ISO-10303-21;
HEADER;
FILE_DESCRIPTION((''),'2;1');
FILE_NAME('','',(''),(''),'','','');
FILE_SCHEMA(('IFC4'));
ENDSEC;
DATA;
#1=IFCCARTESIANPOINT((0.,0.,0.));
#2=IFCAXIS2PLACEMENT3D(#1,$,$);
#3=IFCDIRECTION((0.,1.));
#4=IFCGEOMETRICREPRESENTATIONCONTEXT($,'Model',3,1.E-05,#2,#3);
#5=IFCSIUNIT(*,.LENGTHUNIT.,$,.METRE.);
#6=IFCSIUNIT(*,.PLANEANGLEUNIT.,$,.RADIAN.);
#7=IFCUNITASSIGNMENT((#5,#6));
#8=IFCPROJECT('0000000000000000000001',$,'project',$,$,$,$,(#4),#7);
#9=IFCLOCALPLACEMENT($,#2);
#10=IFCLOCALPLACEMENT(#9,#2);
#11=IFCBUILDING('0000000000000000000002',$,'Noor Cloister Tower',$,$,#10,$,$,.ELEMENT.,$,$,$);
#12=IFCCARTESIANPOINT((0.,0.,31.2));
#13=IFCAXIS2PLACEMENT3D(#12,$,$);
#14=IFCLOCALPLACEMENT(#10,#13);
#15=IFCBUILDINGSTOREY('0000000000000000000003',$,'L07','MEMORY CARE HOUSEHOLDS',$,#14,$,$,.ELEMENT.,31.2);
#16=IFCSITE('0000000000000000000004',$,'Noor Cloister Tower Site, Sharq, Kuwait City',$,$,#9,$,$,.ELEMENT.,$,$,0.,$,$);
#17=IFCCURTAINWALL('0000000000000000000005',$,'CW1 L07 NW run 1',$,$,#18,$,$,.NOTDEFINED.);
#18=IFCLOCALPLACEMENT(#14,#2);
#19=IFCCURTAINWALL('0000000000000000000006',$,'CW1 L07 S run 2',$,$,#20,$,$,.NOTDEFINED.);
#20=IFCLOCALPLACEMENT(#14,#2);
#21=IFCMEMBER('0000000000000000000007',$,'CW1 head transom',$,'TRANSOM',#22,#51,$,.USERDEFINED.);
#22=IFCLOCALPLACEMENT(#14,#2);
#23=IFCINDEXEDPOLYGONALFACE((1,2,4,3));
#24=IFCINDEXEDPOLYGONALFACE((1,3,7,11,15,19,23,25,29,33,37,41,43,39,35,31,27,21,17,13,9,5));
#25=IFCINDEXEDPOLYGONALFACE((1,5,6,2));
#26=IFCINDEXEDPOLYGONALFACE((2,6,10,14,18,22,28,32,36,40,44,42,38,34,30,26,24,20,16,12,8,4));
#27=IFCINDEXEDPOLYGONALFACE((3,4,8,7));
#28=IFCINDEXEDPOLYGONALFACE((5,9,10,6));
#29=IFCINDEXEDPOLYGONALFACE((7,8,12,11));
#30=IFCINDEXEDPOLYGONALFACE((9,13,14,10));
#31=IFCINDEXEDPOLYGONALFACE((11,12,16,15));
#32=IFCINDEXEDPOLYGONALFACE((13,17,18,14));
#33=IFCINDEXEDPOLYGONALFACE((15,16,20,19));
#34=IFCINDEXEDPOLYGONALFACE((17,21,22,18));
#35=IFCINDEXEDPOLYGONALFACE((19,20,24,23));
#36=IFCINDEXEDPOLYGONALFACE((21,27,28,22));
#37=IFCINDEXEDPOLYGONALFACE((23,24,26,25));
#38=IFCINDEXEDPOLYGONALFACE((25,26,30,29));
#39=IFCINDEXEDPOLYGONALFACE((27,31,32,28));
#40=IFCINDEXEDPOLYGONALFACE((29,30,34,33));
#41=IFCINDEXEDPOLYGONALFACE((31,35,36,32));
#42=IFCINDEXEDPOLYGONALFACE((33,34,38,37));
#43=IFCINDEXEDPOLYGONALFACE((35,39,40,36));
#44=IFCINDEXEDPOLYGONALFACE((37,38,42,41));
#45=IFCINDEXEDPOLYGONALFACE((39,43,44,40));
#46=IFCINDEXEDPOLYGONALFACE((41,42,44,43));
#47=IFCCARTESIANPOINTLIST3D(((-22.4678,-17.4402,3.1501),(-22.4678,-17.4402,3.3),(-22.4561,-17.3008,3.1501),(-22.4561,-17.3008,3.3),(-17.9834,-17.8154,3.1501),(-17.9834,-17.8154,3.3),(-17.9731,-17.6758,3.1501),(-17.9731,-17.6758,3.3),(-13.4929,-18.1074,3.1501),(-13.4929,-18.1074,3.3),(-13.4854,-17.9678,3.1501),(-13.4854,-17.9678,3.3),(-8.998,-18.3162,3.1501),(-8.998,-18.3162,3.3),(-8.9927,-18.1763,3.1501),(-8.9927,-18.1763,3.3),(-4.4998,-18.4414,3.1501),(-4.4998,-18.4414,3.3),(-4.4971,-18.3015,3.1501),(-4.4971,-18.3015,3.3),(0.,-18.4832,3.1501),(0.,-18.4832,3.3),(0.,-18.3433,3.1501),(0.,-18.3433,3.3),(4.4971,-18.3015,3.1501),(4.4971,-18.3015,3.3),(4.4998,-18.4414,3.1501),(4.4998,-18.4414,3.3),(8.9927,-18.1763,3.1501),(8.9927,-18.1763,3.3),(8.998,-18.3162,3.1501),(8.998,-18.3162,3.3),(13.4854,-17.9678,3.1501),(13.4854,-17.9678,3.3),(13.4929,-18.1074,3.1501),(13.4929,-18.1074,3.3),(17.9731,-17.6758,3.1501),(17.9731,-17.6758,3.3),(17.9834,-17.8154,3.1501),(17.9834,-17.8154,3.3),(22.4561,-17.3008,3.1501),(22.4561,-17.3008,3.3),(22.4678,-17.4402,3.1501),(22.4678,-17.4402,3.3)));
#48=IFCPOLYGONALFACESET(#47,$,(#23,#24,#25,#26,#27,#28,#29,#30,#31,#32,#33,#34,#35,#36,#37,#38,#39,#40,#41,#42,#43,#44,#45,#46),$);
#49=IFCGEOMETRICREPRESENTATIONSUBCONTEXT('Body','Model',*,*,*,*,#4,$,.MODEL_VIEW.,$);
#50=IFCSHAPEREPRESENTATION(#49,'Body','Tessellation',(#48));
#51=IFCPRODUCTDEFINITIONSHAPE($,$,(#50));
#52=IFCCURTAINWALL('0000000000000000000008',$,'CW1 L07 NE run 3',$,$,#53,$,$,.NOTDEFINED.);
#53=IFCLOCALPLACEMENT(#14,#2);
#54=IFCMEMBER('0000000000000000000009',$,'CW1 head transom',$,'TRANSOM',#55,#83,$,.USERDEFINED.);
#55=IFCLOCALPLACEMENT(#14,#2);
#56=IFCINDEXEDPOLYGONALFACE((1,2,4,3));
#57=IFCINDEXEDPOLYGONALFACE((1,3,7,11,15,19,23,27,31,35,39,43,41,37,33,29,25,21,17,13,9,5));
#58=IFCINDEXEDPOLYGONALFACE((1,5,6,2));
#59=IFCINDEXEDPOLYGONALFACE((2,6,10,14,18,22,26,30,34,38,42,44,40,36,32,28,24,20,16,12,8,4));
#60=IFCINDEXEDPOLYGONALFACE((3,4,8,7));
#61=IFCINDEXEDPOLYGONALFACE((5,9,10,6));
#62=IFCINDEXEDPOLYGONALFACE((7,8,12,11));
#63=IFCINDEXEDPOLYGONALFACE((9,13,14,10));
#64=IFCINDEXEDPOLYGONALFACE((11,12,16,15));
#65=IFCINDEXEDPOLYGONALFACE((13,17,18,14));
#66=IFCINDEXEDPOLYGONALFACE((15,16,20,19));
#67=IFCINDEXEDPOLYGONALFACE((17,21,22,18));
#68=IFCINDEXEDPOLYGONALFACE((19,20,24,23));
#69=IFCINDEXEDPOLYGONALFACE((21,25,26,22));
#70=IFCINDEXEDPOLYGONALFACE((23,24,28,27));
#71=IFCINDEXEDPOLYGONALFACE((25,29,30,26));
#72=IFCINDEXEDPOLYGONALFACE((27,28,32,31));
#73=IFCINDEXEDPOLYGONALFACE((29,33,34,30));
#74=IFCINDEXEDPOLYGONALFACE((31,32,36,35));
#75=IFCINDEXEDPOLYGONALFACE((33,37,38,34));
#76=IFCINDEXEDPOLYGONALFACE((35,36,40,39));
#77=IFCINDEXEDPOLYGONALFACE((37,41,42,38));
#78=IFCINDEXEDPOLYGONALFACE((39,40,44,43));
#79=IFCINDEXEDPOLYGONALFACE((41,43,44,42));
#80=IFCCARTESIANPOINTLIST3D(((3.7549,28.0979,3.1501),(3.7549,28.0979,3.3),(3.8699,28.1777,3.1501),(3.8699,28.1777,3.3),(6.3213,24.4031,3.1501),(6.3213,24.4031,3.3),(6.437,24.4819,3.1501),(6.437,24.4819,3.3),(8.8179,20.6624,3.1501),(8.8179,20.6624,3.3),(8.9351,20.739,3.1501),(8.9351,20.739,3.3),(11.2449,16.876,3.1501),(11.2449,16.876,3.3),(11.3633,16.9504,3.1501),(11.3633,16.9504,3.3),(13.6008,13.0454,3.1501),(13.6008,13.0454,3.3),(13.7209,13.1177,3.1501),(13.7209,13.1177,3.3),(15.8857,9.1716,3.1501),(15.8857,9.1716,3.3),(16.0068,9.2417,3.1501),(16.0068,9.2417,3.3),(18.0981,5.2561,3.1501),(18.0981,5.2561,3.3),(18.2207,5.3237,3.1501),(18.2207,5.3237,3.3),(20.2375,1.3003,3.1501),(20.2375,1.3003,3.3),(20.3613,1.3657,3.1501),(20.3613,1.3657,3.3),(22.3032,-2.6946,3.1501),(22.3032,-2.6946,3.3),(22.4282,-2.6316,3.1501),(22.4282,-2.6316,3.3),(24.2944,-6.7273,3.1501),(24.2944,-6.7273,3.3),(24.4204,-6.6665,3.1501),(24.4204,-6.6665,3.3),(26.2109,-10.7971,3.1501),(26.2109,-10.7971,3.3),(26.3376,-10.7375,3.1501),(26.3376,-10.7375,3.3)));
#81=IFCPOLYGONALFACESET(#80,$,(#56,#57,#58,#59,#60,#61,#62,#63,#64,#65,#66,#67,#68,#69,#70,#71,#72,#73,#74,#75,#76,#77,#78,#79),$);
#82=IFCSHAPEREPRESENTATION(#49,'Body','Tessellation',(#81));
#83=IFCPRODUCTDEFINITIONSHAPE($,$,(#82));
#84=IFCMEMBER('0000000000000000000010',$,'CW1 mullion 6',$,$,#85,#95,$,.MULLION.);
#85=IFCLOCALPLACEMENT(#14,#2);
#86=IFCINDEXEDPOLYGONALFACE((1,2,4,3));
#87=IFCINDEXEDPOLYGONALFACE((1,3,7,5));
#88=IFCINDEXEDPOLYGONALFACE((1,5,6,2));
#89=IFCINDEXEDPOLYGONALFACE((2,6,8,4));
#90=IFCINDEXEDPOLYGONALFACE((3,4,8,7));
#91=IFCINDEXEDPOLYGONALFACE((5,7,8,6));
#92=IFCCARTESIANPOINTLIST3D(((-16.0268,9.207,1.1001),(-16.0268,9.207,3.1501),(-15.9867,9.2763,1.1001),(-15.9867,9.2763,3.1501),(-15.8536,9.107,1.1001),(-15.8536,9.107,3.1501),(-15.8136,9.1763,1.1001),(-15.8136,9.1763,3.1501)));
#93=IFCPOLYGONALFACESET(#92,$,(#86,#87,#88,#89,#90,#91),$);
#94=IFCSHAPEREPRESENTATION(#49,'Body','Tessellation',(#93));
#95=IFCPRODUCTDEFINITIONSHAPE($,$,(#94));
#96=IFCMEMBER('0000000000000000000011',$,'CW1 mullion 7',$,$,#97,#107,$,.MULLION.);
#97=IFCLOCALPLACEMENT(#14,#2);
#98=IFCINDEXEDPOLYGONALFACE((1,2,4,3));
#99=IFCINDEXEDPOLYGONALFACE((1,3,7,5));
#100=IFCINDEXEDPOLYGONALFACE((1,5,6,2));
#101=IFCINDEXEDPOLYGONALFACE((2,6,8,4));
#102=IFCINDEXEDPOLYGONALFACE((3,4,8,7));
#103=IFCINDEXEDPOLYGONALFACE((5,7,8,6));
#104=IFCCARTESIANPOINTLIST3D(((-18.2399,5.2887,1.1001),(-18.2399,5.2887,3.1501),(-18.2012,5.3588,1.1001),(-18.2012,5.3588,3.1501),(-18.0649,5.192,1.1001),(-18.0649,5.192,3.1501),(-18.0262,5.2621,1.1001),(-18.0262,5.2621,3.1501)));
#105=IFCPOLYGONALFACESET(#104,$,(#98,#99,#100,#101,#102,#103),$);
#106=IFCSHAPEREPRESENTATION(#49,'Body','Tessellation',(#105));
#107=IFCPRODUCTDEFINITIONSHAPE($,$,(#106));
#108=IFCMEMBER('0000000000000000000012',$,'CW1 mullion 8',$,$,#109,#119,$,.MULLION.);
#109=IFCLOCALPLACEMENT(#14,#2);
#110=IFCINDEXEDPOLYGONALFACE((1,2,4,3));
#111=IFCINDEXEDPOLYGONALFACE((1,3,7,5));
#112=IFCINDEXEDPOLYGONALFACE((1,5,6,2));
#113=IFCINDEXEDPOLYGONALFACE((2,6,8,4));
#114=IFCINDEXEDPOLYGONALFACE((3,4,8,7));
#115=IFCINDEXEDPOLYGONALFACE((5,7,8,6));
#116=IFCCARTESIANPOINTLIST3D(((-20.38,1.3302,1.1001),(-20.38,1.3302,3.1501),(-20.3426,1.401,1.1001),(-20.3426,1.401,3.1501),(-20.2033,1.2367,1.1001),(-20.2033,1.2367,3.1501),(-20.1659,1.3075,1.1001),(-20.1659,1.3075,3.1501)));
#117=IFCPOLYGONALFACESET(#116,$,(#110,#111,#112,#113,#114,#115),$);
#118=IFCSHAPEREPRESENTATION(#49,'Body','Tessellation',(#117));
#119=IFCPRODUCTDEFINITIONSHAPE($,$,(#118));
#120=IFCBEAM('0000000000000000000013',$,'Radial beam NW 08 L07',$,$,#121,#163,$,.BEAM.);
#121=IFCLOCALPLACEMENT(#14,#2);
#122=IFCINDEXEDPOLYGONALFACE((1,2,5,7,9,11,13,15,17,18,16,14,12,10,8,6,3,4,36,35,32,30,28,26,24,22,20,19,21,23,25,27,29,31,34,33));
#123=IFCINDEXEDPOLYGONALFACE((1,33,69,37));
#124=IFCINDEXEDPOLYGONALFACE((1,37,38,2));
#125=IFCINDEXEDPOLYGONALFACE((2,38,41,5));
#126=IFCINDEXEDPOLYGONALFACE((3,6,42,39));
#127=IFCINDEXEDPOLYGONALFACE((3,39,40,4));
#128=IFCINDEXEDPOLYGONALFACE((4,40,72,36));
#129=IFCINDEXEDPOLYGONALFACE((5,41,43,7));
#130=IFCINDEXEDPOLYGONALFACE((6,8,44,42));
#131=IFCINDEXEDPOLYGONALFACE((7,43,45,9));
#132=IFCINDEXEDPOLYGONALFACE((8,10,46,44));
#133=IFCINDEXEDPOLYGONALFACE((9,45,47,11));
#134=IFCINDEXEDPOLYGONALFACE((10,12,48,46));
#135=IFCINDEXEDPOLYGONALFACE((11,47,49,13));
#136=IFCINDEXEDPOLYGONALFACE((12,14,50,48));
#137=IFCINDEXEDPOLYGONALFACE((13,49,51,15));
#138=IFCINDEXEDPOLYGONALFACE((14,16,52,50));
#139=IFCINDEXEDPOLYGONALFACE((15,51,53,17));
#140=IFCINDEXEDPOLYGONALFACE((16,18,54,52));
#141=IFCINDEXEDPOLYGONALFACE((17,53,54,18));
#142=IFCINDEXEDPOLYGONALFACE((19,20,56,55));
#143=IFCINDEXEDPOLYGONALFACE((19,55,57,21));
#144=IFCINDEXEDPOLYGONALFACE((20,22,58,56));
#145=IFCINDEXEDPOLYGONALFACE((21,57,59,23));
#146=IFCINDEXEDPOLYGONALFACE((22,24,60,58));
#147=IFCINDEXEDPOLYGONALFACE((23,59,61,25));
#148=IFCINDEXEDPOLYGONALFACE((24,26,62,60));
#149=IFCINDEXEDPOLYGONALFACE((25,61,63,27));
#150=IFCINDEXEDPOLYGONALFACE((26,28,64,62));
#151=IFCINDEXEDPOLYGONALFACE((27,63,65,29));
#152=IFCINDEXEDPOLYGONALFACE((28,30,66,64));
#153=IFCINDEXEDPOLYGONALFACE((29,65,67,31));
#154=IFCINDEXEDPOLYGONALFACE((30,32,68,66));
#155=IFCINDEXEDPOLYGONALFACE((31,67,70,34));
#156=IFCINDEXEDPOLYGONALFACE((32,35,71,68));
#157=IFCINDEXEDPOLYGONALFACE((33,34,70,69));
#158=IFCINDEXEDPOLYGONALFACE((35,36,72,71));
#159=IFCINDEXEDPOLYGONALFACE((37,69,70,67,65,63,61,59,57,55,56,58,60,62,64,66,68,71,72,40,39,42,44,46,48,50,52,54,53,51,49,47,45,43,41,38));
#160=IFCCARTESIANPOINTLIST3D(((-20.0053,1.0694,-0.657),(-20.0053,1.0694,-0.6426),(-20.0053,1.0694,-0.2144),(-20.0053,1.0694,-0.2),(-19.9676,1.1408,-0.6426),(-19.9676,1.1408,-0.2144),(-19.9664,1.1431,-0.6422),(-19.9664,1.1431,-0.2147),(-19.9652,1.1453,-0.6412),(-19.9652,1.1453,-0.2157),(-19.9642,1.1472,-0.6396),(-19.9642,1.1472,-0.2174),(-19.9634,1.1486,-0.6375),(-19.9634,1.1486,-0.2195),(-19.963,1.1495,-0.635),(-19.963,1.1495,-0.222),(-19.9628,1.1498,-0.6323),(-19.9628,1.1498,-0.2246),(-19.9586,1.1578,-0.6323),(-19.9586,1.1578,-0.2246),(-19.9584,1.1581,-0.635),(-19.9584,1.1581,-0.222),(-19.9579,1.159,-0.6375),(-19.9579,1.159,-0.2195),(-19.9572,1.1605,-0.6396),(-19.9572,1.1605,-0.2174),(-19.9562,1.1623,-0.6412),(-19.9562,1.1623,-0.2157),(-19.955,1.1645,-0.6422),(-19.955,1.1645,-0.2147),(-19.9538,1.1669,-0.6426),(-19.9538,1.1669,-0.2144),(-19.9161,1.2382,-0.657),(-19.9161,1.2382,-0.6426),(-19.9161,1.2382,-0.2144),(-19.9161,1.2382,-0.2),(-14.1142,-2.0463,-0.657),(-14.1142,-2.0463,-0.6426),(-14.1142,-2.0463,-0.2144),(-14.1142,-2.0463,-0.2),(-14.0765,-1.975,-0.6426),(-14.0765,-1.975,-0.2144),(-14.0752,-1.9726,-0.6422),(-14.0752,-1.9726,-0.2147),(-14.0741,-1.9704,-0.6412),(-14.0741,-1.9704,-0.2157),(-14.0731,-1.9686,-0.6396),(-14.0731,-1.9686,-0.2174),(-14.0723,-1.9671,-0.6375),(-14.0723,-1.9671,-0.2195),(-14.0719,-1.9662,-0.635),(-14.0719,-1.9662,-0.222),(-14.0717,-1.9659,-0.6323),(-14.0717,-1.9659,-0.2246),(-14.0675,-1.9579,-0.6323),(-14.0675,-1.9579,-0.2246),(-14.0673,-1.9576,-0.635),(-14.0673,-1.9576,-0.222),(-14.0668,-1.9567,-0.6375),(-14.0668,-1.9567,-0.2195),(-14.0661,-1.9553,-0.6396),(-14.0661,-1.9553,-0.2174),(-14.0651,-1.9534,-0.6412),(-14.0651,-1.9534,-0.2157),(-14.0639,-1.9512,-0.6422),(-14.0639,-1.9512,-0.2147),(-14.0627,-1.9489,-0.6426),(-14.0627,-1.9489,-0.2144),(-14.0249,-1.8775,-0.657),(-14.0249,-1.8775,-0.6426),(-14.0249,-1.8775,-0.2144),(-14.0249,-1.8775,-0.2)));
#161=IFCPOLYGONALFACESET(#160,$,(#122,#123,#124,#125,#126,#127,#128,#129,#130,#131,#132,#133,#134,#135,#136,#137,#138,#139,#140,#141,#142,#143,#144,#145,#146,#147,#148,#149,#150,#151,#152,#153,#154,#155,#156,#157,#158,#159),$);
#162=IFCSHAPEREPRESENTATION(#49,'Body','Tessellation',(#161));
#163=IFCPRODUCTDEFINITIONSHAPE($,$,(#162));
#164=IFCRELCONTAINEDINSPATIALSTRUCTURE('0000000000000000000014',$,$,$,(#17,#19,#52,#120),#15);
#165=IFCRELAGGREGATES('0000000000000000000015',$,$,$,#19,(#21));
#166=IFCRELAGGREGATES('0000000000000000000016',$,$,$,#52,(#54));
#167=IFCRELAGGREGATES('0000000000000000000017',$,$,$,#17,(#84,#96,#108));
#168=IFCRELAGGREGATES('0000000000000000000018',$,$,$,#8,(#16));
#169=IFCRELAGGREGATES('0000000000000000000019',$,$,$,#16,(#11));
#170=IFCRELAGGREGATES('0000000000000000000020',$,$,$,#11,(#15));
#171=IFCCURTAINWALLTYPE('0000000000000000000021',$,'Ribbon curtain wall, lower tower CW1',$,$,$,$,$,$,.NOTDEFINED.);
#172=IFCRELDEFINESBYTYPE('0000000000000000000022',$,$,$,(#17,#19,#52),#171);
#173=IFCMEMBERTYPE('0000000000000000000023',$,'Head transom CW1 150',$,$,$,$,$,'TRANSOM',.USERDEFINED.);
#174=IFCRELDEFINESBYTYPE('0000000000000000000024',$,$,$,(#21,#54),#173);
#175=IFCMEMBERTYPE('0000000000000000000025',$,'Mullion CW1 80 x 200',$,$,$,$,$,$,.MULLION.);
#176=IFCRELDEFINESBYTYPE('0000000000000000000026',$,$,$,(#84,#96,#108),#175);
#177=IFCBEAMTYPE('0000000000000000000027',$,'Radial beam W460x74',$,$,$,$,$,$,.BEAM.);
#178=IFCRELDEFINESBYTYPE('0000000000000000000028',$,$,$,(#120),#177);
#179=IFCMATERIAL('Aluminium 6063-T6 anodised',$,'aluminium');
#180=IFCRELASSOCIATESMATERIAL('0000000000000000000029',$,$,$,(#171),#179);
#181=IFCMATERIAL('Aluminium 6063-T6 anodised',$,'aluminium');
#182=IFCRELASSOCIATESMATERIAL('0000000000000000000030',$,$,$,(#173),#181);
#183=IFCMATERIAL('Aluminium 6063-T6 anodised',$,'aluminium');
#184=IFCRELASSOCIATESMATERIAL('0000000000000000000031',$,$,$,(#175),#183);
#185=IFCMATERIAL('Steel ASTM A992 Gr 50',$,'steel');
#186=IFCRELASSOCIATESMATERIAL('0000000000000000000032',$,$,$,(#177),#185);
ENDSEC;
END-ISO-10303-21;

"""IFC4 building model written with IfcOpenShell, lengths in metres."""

from ifc_helpers import new_model, si_unit, direction, frame, origin, origin_2d, place, context, subcontext, project, spatial, polyline, rectangle, i_section, outline, extrude, material, material_profile, profile_set, type_object, element, aggregate, save


model = new_model("IFC4")

# Units and contexts
model_context = context("Model", 3, precision=1e-05, world=origin(), true_north=direction((0.0, 1.0)))
body_context = subcontext(model_context, "Body", "Model", "MODEL_VIEW")
ifc_project = project(units=[si_unit("LENGTHUNIT", "METRE"), si_unit("PLANEANGLEUNIT", "RADIAN")], contexts=[model_context])

# Site, building, storey
site_placement = place(None, origin())
site = spatial("IfcSite", under=ifc_project, at=site_placement, Name="Noor Cloister Tower Site, Sharq, Kuwait City", CompositionType="ELEMENT", RefElevation=0.0)
building_placement = place(site_placement, origin())
building = spatial("IfcBuilding", under=site, at=building_placement, Name="Noor Cloister Tower", CompositionType="ELEMENT")
storey_placement = place(building_placement, frame((0.0, 0.0, 31.2)))
storey = spatial("IfcBuildingStorey", under=building, at=storey_placement, Name="L07", Description="MEMORY CARE HOUSEHOLDS", CompositionType="ELEMENT", Elevation=31.2)

# Curtain walls, members
ifc_material_1 = material(Name="Aluminium 6063-T6 anodised", Category="aluminium")
curtain_wall_type = type_object("IfcCurtainWallType", Name="Ribbon curtain wall, lower tower CW1", PredefinedType="NOTDEFINED", material=ifc_material_1)
curtain_wall_1_placement = place(storey_placement, origin())
curtain_wall_1 = element("IfcCurtainWall", 1, at=curtain_wall_1_placement, inside=storey, type_object=curtain_wall_type, Name="CW1 L07 NW run 1", PredefinedType="NOTDEFINED")
ifc_material_2 = material(Name="Aluminium 6063-T6 anodised", Category="aluminium")
member_type_1 = type_object("IfcMemberType", Name="Head transom CW1 150", ElementType="TRANSOM", PredefinedType="USERDEFINED", material=ifc_material_2)
curtain_wall_2_placement = place(storey_placement, origin())
curtain_wall_2 = element("IfcCurtainWall", 2, at=curtain_wall_2_placement, inside=storey, type_object=curtain_wall_type, Name="CW1 L07 S run 2", PredefinedType="NOTDEFINED")
member_1_placement = place(storey_placement, frame((0.0, 0.0, 3.1501)))
member_1 = element("IfcMember", 3, at=member_1_placement, type_object=member_type_1, Name="CW1 head transom", ObjectType="TRANSOM", PredefinedType="USERDEFINED", context=body_context, shape_type="SweptSolid", body=[
    extrude(outline(polyline([(-22.4678, -17.4402), (-17.9834, -17.8154), (-13.4929, -18.1074), (-8.998, -18.3162), (-4.4998, -18.4414), (0.0, -18.4832), (4.4998, -18.4414), (8.998, -18.3162), (13.4929, -18.1074), (17.9834, -17.8154), (22.4678, -17.4402), (22.4561, -17.3008), (17.9731, -17.6758), (13.4854, -17.9678), (8.9927, -18.1763), (4.4971, -18.3015), (0.0, -18.3433), (-4.4971, -18.3015), (-8.9927, -18.1763), (-13.4854, -17.9678), (-17.9731, -17.6758), (-22.4561, -17.3008), (-22.4678, -17.4402)])), origin(), (0.0, 0.0, 1.0), 0.1499),
])
curtain_wall_3_placement = place(storey_placement, origin())
curtain_wall_3 = element("IfcCurtainWall", 4, at=curtain_wall_3_placement, inside=storey, type_object=curtain_wall_type, Name="CW1 L07 NE run 3", PredefinedType="NOTDEFINED")
member_2_placement = place(storey_placement, frame((0.0, 0.0, 3.1501)))
member_2 = element("IfcMember", 5, at=member_2_placement, type_object=member_type_1, Name="CW1 head transom", ObjectType="TRANSOM", PredefinedType="USERDEFINED", context=body_context, shape_type="SweptSolid", body=[
    extrude(outline(polyline([(26.3376, -10.7375), (24.4204, -6.6665), (22.4282, -2.6316), (20.3613, 1.3657), (18.2207, 5.3237), (16.0068, 9.2417), (13.7209, 13.1177), (11.3633, 16.9504), (8.9351, 20.739), (6.437, 24.4819), (3.8699, 28.1777), (3.7549, 28.0979), (6.3213, 24.4031), (8.8179, 20.6624), (11.2449, 16.876), (13.6008, 13.0454), (15.8857, 9.1716), (18.0981, 5.2561), (20.2375, 1.3003), (22.3032, -2.6946), (24.2944, -6.7273), (26.2109, -10.7971), (26.3376, -10.7375)])), origin(), (0.0, 0.0, 1.0), 0.1499),
])

# Members
ifc_material_3 = material(Name="Aluminium 6063-T6 anodised", Category="aluminium")
ifc_material_profile_1 = material_profile(ifc_material_3, rectangle(XDim=0.2, YDim=0.0801, at=origin_2d()), Name="200 x 80 mullion")
ifc_profile_set_1 = profile_set([ifc_material_profile_1], Name="Aluminium 6063-T6 anodised")
member_type_2 = type_object("IfcMemberType", Name="Mullion CW1 80 x 200", PredefinedType="MULLION", material=ifc_profile_set_1)
member_3_placement = place(storey_placement, frame((-15.9202, 9.1917, 1.1001), z_axis=(0.0, 0.0, 1.0), x_axis=(0.866025, -0.5, 0.0)))
member_3 = element("IfcMember", 6, at=member_3_placement, type_object=member_type_2, Name="CW1 mullion 6", PredefinedType="MULLION", context=body_context, shape_type="SweptSolid", body=[
    extrude(rectangle(XDim=0.2, YDim=0.0801, at=origin_2d()), origin(), (0.0, 0.0, 1.0), 2.05),
])
member_4_placement = place(storey_placement, frame((-18.1331, 5.2754, 1.1001), z_axis=(0.0, 0.0, 1.0), x_axis=(0.875153, -0.483847, 0.0)))
member_4 = element("IfcMember", 7, at=member_4_placement, type_object=member_type_2, Name="CW1 mullion 7", PredefinedType="MULLION", context=body_context, shape_type="SweptSolid", body=[
    extrude(rectangle(XDim=0.2, YDim=0.0801, at=origin_2d()), origin(), (0.0, 0.0, 1.0), 2.05),
])
member_5_placement = place(storey_placement, frame((-20.2729, 1.3188, 1.1001), z_axis=(0.0, 0.0, 1.0), x_axis=(0.883979, -0.467527, 0.0)))
member_5 = element("IfcMember", 8, at=member_5_placement, type_object=member_type_2, Name="CW1 mullion 8", PredefinedType="MULLION", context=body_context, shape_type="SweptSolid", body=[
    extrude(rectangle(XDim=0.2, YDim=0.0801, at=origin_2d()), origin(), (0.0, 0.0, 1.0), 2.05),
])

# Beam
ifc_material_4 = material(Name="Steel ASTM A992 Gr 50", Category="steel")
ifc_material_profile_2 = material_profile(ifc_material_4, i_section(OverallWidth=0.1909, OverallDepth=0.457, WebThickness=0.009, FlangeThickness=0.0144, FilletRadius=0.0103, at=origin_2d()), Name="W460x74")
ifc_profile_set_2 = profile_set([ifc_material_profile_2], Name="Steel ASTM A992 Gr 50")
beam_type_1 = type_object("IfcBeamType", Name="Radial beam W460x74", PredefinedType="BEAM", material=ifc_profile_set_2)
beam_1_placement = place(storey_placement, frame((-19.9607, 1.1538, -0.4285), z_axis=(0.88398, -0.467524, 0.0), x_axis=(0.467524, 0.88398, 0.0)))
element("IfcBeam", 9, at=beam_1_placement, inside=storey, type_object=beam_type_1, Name="Radial beam NW 08 L07", PredefinedType="BEAM", context=body_context, shape_type="SweptSolid", body=[
    extrude(i_section(OverallWidth=0.1909, OverallDepth=0.457, WebThickness=0.009, FlangeThickness=0.0144, FilletRadius=0.0103, at=origin_2d()), origin(), (0.0, 0.0, 1.0), 6.6643),
])

aggregate(curtain_wall_2, [member_1])
aggregate(curtain_wall_3, [member_2])

aggregate(curtain_wall_1, [member_3, member_4, member_5])

save(model, "model.ifc")
